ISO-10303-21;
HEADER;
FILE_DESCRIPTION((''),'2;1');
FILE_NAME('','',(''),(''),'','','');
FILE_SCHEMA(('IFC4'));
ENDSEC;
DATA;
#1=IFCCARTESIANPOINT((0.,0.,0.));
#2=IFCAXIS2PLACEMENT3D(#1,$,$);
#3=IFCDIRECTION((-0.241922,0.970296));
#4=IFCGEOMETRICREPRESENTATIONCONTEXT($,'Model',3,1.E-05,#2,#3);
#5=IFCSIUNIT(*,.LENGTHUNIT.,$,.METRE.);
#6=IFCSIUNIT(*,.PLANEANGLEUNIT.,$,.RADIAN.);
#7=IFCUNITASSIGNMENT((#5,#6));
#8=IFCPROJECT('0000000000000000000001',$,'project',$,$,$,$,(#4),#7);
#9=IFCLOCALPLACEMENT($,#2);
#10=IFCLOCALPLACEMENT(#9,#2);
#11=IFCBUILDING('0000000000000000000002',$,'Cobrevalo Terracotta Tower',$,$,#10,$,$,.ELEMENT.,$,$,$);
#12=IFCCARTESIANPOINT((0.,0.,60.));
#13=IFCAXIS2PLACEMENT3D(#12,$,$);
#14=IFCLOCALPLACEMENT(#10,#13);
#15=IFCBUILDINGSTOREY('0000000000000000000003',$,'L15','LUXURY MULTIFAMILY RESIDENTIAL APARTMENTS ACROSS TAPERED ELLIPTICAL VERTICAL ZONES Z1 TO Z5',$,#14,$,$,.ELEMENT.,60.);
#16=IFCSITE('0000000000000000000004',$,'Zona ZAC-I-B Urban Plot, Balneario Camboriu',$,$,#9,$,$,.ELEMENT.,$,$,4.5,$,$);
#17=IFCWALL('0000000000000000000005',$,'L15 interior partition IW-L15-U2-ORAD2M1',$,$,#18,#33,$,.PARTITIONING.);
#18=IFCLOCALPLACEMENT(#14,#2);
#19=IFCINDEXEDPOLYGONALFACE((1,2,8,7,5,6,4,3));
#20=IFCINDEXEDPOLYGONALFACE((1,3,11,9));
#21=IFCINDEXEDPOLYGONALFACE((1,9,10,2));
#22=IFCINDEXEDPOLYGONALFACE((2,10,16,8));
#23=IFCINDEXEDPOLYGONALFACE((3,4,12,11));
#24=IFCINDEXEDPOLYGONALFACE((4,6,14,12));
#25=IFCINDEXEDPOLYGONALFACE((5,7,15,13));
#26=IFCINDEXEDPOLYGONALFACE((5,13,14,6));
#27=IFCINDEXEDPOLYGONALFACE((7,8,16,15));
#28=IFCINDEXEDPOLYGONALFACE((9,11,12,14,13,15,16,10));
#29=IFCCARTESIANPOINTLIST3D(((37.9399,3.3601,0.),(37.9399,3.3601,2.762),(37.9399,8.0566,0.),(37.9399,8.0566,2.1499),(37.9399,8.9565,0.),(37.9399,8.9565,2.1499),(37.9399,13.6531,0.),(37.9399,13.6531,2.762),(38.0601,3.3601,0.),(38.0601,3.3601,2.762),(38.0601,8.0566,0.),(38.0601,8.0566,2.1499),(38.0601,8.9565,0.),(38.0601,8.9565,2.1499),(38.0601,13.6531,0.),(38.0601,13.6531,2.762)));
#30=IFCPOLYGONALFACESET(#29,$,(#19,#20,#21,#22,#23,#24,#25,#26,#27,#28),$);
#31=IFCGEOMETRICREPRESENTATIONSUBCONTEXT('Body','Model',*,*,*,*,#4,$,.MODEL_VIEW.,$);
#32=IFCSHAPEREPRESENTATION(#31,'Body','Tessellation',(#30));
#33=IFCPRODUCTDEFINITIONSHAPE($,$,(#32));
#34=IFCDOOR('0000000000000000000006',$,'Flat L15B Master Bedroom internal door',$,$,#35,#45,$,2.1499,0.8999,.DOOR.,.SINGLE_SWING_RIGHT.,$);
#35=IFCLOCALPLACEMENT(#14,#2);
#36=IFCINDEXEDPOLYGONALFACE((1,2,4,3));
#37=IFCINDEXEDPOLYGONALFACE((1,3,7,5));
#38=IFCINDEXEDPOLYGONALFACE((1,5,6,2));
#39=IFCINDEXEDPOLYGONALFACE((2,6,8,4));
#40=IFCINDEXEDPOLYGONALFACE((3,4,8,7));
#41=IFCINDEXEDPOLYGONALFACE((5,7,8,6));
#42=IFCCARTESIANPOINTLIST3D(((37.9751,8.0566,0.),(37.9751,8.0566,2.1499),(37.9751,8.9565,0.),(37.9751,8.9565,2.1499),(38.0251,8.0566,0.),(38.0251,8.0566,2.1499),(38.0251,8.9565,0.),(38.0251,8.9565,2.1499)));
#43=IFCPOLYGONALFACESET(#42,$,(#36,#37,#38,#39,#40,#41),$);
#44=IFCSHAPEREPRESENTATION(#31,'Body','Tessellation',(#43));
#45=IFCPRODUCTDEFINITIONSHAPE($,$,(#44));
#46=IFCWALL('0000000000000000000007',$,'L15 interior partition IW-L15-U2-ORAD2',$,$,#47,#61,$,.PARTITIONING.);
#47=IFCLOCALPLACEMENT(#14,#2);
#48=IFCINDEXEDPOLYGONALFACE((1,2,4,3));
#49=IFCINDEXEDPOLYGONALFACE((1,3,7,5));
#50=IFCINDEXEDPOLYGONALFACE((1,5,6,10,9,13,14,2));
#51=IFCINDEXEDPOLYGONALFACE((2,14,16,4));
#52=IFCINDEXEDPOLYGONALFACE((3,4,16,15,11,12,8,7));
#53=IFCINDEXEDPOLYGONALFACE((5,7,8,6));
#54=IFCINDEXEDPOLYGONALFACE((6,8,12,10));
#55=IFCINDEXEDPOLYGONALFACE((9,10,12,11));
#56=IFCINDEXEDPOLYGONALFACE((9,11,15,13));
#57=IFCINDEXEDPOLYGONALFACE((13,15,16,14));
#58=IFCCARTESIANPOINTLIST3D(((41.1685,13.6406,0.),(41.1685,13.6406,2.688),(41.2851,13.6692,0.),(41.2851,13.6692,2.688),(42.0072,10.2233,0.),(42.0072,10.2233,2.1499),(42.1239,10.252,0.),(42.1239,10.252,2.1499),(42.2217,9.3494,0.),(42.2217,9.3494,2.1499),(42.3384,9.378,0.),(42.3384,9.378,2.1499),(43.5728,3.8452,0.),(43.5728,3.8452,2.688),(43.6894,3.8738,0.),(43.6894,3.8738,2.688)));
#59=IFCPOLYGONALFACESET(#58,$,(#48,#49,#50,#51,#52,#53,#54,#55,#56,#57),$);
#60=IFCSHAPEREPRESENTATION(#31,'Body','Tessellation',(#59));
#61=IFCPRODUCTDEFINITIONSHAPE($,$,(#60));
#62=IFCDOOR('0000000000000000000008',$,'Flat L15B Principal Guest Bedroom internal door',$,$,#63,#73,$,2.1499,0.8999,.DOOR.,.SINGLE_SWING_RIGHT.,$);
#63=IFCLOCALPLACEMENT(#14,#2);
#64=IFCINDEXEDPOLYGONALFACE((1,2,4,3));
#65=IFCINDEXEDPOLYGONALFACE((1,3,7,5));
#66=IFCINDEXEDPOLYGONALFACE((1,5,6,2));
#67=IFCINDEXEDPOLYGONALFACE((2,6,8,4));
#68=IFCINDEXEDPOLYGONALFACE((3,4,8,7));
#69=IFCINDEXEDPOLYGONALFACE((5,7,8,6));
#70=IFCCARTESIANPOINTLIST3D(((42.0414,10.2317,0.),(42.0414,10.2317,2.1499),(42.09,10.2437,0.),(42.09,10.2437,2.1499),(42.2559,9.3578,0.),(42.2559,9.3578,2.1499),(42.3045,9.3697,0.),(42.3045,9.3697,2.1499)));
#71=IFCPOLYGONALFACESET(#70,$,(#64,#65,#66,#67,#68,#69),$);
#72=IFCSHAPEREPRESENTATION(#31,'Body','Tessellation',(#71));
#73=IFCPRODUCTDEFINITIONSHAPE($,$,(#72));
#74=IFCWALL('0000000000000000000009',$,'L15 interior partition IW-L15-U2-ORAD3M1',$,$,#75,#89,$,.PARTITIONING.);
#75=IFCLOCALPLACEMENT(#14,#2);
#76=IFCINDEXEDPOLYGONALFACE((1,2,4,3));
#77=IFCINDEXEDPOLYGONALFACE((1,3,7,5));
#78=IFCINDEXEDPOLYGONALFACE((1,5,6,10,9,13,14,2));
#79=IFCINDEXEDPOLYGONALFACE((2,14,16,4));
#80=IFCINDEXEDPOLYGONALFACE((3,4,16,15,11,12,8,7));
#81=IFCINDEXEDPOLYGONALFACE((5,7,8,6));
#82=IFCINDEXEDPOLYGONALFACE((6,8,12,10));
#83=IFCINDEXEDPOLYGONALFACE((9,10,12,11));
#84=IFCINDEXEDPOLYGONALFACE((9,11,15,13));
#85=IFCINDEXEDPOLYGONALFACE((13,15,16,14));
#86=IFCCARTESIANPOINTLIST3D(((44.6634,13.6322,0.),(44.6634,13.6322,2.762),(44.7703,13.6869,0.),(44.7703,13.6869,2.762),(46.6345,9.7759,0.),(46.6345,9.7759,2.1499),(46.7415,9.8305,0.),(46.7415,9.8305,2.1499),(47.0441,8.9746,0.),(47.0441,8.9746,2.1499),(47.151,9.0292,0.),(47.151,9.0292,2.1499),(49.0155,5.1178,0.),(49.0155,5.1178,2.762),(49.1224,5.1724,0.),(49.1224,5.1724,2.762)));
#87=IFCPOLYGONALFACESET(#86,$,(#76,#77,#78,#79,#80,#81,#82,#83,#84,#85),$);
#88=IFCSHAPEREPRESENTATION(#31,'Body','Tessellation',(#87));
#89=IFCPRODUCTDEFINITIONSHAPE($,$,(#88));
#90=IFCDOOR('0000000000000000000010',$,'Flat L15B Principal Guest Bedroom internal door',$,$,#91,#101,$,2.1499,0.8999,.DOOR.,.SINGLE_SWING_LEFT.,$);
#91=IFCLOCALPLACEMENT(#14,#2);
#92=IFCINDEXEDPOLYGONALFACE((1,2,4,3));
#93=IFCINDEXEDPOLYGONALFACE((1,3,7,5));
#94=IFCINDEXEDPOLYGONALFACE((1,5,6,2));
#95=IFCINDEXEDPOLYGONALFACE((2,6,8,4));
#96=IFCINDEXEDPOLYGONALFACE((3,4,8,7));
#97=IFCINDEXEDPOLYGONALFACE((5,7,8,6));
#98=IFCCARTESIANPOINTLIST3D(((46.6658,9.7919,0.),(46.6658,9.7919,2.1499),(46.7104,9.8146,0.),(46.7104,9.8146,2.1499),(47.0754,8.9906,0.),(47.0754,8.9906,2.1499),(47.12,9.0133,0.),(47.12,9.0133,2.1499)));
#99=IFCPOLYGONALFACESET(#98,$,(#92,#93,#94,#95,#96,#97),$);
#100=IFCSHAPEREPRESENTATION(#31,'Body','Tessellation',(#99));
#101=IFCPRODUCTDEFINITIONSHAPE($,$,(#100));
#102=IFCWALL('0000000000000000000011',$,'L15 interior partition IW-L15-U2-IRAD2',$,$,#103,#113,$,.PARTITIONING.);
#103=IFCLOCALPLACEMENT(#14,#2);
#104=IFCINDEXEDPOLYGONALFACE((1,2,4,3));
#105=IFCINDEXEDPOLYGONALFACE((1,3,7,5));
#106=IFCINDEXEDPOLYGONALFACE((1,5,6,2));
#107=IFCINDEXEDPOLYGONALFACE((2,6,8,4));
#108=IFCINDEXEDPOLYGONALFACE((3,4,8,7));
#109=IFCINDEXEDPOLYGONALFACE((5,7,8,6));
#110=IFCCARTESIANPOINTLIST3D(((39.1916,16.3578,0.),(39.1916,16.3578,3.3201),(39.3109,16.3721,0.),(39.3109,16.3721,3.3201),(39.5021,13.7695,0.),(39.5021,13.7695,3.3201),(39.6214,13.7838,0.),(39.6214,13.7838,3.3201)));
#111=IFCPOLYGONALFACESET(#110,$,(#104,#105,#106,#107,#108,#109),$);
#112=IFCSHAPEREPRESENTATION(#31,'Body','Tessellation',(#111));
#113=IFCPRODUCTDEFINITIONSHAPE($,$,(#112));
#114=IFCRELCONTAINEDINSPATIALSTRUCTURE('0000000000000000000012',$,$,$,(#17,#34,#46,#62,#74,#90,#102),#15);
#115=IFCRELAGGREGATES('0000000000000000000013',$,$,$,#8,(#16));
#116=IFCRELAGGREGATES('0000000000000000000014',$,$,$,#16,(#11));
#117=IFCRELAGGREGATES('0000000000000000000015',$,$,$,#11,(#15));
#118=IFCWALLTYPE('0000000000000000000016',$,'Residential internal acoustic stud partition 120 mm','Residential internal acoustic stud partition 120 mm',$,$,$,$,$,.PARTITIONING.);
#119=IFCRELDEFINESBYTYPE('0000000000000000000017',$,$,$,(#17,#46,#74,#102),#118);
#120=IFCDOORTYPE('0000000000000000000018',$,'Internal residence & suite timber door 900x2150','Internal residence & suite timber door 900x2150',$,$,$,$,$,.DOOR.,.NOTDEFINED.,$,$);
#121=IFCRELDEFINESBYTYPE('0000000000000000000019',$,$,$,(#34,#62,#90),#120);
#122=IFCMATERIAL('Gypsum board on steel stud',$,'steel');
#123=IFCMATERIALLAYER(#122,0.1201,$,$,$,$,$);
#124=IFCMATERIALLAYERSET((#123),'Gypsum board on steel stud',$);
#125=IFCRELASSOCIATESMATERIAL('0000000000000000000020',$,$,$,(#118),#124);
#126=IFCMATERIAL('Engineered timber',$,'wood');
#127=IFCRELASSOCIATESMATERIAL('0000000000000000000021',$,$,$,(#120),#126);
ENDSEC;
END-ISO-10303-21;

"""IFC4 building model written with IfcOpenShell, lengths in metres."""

from ifc_helpers import new_model, si_unit, direction, frame, frame_2d, origin, place, context, subcontext, project, spatial, rectangle, extrude, source, transform, mapped, material, layer, layer_set, type_object, element, fill, save


model = new_model("IFC4")

# Units and contexts
model_context = context("Model", 3, precision=1e-05, world=origin(), true_north=direction((-0.241922, 0.970296)))
body_context = subcontext(model_context, "Body", "Model", "MODEL_VIEW")
ifc_project = project(units=[si_unit("LENGTHUNIT", "METRE"), si_unit("PLANEANGLEUNIT", "RADIAN")], contexts=[model_context])

# Site, building, storey
site_placement = place(None, origin())
site = spatial("IfcSite", under=ifc_project, at=site_placement, Name="Zona ZAC-I-B Urban Plot, Balneario Camboriu", CompositionType="ELEMENT", RefElevation=4.5)
building_placement = place(site_placement, origin())
building = spatial("IfcBuilding", under=site, at=building_placement, Name="Cobrevalo Terracotta Tower", CompositionType="ELEMENT")
storey_placement = place(building_placement, frame((0.0, 0.0, 60.0)))
storey = spatial("IfcBuildingStorey", under=building, at=storey_placement, Name="L15", Description="LUXURY MULTIFAMILY RESIDENTIAL APARTMENTS ACROSS TAPERED ELLIPTICAL VERTICAL ZONES Z1 TO Z5", CompositionType="ELEMENT", Elevation=60.0)

# Walls, openings, doors
ifc_material_1 = material(Name="Gypsum board on steel stud", Category="steel")
ifc_layer_1 = layer(ifc_material_1, 0.1201)
ifc_layer_set_1 = layer_set([ifc_layer_1], Name="Gypsum board on steel stud")
wall_type = type_object("IfcWallType", Name="Residential internal acoustic stud partition 120 mm", Description="Residential internal acoustic stud partition 120 mm", PredefinedType="PARTITIONING", material=ifc_layer_set_1)
wall_1_placement = place(storey_placement, frame((38.0, 13.6531, 0.0), z_axis=(0.0, 0.0, 1.0), x_axis=(0.0, -1.0, 0.0)))
wall_1 = element("IfcWall", 1, at=wall_1_placement, inside=storey, type_object=wall_type, Name="L15 interior partition IW-L15-U2-ORAD2M1", PredefinedType="PARTITIONING", context=body_context, shape_type="SweptSolid", body=[
    extrude(rectangle(XDim=10.293, YDim=0.1201, at=frame_2d((5.1465, 0.0))), origin(), (0.0, 0.0, 1.0), 2.762),
])
opening_1_placement = place(wall_1_placement, frame((4.6965, 0.0, 0.0)))
opening_1 = element("IfcOpeningElement", 2, at=opening_1_placement, cuts=wall_1, PredefinedType="OPENING", context=body_context, shape_type="SweptSolid", body=[
    extrude(rectangle(XDim=0.8999, YDim=2.1499, at=frame_2d((0.45, 1.075))), frame((0.0, 0.0701, 0.0), z_axis=(0.0, -1.0, 0.0), x_axis=(1.0, 0.0, 0.0)), (0.0, 0.0, 1.0), 0.1401),
])
ifc_material_2 = material(Name="Engineered timber", Category="wood")
door_type_1 = type_object("IfcDoorType", Name="Internal residence & suite timber door 900x2150", Description="Internal residence & suite timber door 900x2150", OperationType="NOTDEFINED", PredefinedType="DOOR", material=ifc_material_2)
shared_shape_1 = source(origin(), body_context, "Body", "SweptSolid", [
    extrude(rectangle(XDim=0.8999, YDim=2.1499, at=frame_2d((0.45, 1.075))), frame((0.0, 0.0249, 0.0), z_axis=(0.0, -1.0, 0.0), x_axis=(1.0, 0.0, 0.0)), (0.0, 0.0, 1.0), 0.05),
])
door_1_placement = place(opening_1_placement, frame((0.8999, 0.0, 0.0), z_axis=(0.0, 0.0, 1.0), x_axis=(-1.0, 0.0, 0.0)))
door_1 = element("IfcDoor", 3, at=door_1_placement, inside=storey, type_object=door_type_1, Name="Flat L15B Master Bedroom internal door", OperationType="SINGLE_SWING_RIGHT", OverallHeight=2.1499, OverallWidth=0.8999, PredefinedType="DOOR", context=body_context, shape_type="MappedRepresentation", body=[
    mapped(shared_shape_1, transform((0.0, 0.0, 0.0), scale=1.0)),
])
fill(opening_1, door_1)
wall_2_placement = place(storey_placement, frame((41.2268, 13.6548, 0.0), z_axis=(0.0, 0.0, 1.0), x_axis=(0.238376, -0.971173, 0.0)))
wall_2 = element("IfcWall", 4, at=wall_2_placement, inside=storey, type_object=wall_type, Name="L15 interior partition IW-L15-U2-ORAD2", PredefinedType="PARTITIONING", context=body_context, shape_type="SweptSolid", body=[
    extrude(rectangle(XDim=10.0862, YDim=0.1201, at=frame_2d((5.043, 0.0))), origin(), (0.0, 0.0, 1.0), 2.688),
])
opening_2_placement = place(wall_2_placement, frame((3.5186, 0.0, 0.0)))
opening_2 = element("IfcOpeningElement", 5, at=opening_2_placement, cuts=wall_2, PredefinedType="OPENING", context=body_context, shape_type="SweptSolid", body=[
    extrude(rectangle(XDim=0.8999, YDim=2.1499, at=frame_2d((0.45, 1.075))), frame((0.0, 0.0701, 0.0), z_axis=(0.0, -1.0, 0.0), x_axis=(1.0, 0.0, 0.0)), (0.0, 0.0, 1.0), 0.1401),
])
door_2_placement = place(opening_2_placement, frame((0.8999, 0.0, 0.0), z_axis=(0.0, 0.0, 1.0), x_axis=(-1.0, 0.0, 0.0)))
door_2 = element("IfcDoor", 6, at=door_2_placement, inside=storey, type_object=door_type_1, Name="Flat L15B Principal Guest Bedroom internal door", OperationType="SINGLE_SWING_RIGHT", OverallHeight=2.1499, OverallWidth=0.8999, PredefinedType="DOOR", context=body_context, shape_type="MappedRepresentation", body=[
    mapped(shared_shape_1, transform((0.0, 0.0, 0.0), scale=1.0)),
])
fill(opening_2, door_2)
wall_3_placement = place(storey_placement, frame((44.7168, 13.6597, 0.0), z_axis=(0.0, 0.0, 1.0), x_axis=(0.455131, -0.890424, 0.0)))
wall_3 = element("IfcWall", 7, at=wall_3_placement, inside=storey, type_object=wall_type, Name="L15 interior partition IW-L15-U2-ORAD3M1", PredefinedType="PARTITIONING", context=body_context, shape_type="SweptSolid", body=[
    extrude(rectangle(XDim=9.5623, YDim=0.1201, at=frame_2d((4.7812, 0.0))), origin(), (0.0, 0.0, 1.0), 2.762),
])
opening_3_placement = place(wall_3_placement, frame((4.3311, 0.0, 0.0)))
opening_3 = element("IfcOpeningElement", 8, at=opening_3_placement, cuts=wall_3, PredefinedType="OPENING", context=body_context, shape_type="SweptSolid", body=[
    extrude(rectangle(XDim=0.8999, YDim=2.1499, at=frame_2d((0.45, 1.075))), frame((0.0, 0.0701, 0.0), z_axis=(0.0, -1.0, 0.0), x_axis=(1.0, 0.0, 0.0)), (0.0, 0.0, 1.0), 0.1401),
])
door_3_placement = place(opening_3_placement, frame((0.8999, 0.0, 0.0), z_axis=(0.0, 0.0, 1.0), x_axis=(-1.0, 0.0, 0.0)))
door_3 = element("IfcDoor", 9, at=door_3_placement, inside=storey, type_object=door_type_1, Name="Flat L15B Principal Guest Bedroom internal door", OperationType="SINGLE_SWING_LEFT", OverallHeight=2.1499, OverallWidth=0.8999, PredefinedType="DOOR", context=body_context, shape_type="MappedRepresentation", body=[
    mapped(shared_shape_1, transform((0.0, 0.0, 0.0), scale=1.0)),
])
fill(opening_3, door_3)

# Wall
wall_4_placement = place(storey_placement, frame((39.2512, 16.365, 0.0), z_axis=(0.0, 0.0, 1.0), x_axis=(0.119123, -0.992879, 0.0)))
element("IfcWall", 10, at=wall_4_placement, inside=storey, type_object=wall_type, Name="L15 interior partition IW-L15-U2-IRAD2", PredefinedType="PARTITIONING", context=body_context, shape_type="SweptSolid", body=[
    extrude(rectangle(XDim=2.6069, YDim=0.1201, at=frame_2d((1.3035, 0.0))), origin(), (0.0, 0.0, 1.0), 3.3201),
])

save(model, "model.ifc")
